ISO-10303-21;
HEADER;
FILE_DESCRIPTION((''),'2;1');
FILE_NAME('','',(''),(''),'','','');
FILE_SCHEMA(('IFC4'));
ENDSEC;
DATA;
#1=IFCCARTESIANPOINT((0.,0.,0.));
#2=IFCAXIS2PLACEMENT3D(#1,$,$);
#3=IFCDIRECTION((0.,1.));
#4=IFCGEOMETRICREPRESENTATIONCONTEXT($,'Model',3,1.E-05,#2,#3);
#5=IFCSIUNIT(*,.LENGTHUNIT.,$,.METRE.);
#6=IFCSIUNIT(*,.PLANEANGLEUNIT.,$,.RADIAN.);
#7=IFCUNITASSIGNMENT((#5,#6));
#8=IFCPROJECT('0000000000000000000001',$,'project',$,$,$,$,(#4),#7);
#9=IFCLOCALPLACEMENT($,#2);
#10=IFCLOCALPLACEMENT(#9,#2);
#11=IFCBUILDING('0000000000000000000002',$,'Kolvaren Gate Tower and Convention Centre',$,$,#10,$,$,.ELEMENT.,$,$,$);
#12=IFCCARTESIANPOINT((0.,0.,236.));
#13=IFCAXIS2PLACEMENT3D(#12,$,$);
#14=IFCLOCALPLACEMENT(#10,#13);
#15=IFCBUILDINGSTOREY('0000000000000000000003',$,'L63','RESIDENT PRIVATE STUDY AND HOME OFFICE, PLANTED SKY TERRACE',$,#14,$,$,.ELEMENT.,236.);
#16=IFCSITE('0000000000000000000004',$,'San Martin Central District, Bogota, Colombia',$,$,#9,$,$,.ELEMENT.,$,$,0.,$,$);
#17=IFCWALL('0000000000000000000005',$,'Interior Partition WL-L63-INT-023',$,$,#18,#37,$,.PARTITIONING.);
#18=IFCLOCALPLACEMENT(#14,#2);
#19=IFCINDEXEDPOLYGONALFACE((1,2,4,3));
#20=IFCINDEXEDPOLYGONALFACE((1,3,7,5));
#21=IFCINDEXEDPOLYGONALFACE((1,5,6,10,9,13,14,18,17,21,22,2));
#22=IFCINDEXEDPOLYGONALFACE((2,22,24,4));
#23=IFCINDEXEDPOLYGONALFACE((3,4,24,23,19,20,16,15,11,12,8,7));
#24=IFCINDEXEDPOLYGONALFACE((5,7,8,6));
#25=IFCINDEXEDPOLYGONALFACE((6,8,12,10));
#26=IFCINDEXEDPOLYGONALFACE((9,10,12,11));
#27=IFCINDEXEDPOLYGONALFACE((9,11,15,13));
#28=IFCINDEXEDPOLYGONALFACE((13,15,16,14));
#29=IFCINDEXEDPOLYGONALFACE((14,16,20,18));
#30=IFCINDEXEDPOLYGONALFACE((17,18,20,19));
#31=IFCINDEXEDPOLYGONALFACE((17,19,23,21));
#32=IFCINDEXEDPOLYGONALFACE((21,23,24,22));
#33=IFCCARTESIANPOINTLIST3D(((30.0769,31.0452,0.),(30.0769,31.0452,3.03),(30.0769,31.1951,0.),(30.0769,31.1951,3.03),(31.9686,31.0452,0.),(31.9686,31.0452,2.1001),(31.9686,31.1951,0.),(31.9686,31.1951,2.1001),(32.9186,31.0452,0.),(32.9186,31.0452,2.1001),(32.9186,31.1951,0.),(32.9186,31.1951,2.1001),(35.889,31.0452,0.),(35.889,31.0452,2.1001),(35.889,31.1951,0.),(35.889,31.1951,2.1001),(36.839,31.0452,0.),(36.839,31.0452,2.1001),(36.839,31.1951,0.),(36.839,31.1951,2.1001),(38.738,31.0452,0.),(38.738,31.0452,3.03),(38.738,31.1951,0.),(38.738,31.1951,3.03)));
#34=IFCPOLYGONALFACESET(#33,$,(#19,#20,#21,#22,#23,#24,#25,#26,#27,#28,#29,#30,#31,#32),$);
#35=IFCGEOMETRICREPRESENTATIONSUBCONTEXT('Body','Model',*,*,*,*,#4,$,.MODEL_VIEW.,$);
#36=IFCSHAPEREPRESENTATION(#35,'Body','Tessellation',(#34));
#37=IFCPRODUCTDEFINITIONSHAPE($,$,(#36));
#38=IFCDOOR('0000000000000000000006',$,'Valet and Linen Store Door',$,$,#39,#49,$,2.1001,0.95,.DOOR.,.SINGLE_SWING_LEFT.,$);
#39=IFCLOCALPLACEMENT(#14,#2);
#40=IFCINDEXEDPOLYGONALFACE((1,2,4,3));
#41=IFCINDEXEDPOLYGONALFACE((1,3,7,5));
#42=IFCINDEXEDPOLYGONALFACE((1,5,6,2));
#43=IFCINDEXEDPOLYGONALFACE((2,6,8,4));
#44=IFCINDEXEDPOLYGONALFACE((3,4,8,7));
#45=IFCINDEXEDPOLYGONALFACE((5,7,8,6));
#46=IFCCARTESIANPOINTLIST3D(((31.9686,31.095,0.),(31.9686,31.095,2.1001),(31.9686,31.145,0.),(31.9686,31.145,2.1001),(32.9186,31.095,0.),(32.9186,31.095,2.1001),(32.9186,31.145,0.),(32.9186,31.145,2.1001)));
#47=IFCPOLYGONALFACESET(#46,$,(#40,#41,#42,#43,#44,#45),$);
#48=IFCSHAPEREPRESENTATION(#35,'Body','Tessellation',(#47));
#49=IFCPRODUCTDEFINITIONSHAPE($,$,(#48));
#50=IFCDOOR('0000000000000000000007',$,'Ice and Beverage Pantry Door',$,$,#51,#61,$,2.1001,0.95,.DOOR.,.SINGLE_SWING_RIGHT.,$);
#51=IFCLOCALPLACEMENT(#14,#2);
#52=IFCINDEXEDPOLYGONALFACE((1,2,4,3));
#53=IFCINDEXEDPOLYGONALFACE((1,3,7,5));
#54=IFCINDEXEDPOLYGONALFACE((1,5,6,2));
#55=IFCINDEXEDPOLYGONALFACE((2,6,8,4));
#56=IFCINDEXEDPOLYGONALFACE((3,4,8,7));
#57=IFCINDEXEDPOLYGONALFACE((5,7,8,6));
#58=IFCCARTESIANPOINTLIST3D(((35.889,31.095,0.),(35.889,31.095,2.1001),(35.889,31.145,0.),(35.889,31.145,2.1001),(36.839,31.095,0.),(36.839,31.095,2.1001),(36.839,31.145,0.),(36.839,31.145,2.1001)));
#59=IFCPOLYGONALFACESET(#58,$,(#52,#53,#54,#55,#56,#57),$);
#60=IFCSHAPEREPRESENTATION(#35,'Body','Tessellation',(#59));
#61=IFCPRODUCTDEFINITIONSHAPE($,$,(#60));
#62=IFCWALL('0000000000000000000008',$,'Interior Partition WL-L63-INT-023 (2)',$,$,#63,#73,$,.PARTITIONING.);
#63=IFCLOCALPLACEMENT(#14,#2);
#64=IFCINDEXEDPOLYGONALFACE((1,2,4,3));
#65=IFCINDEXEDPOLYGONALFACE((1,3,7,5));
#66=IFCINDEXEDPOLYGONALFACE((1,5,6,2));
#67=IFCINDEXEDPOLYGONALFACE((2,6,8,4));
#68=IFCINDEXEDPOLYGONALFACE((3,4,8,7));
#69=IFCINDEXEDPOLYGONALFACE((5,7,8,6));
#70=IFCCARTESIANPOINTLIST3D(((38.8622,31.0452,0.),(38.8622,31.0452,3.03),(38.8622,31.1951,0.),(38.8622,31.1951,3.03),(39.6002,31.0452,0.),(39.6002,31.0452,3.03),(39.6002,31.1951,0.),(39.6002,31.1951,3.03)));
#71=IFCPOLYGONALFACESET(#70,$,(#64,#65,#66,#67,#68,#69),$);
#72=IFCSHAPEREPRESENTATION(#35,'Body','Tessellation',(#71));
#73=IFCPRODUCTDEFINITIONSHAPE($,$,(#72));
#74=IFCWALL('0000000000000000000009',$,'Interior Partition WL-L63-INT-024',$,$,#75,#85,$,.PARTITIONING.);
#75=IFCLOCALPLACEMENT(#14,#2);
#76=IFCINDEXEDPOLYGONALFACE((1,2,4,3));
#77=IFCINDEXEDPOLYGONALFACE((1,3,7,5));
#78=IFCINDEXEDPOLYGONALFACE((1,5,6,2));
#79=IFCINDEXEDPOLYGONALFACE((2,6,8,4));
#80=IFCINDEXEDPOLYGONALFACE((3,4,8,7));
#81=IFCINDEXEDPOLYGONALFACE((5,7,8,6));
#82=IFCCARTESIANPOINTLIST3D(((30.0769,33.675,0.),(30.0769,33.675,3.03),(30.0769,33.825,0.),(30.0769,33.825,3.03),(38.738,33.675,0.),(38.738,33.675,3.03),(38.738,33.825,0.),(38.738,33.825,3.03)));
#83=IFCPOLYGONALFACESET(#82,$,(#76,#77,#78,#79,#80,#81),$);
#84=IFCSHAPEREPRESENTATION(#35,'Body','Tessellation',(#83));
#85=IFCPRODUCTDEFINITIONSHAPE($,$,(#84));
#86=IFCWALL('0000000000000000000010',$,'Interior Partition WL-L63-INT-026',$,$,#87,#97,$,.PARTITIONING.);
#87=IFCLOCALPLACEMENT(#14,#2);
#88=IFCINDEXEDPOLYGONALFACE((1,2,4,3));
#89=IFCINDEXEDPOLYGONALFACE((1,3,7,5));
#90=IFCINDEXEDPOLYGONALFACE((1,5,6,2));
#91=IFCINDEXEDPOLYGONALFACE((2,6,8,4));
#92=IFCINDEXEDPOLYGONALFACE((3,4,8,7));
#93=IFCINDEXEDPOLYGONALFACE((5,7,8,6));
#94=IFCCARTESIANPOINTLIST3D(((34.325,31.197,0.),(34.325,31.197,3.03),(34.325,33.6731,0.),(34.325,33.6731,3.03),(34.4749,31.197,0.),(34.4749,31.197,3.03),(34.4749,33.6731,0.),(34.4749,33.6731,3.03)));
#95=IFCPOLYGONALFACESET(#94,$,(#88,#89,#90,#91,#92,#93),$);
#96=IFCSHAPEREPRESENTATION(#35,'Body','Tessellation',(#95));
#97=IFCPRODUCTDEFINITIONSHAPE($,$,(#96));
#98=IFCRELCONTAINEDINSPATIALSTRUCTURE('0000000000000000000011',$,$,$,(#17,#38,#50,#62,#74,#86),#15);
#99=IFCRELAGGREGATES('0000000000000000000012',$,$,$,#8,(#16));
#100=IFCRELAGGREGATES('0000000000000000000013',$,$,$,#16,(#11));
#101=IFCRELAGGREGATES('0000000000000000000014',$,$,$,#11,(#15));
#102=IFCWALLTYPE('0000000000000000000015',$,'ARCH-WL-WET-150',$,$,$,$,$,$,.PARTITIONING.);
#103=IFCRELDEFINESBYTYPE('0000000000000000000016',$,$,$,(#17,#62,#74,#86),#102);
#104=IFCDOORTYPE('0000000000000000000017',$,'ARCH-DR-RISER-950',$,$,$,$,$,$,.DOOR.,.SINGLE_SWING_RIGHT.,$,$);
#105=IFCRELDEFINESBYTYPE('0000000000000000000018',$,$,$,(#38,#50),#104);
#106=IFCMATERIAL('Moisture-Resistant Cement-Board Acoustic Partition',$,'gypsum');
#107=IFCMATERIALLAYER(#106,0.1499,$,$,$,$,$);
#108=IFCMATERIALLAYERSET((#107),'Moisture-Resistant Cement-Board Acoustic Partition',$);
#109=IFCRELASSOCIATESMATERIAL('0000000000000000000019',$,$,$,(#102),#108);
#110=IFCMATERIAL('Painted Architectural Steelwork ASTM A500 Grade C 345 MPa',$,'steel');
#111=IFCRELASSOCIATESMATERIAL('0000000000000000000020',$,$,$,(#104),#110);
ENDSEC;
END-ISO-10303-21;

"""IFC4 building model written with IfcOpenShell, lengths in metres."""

from ifc_helpers import new_model, si_unit, direction, frame, frame_2d, origin, place, context, subcontext, project, spatial, rectangle, extrude, material, layer, layer_set, type_object, element, fill, save


model = new_model("IFC4")

# Units and contexts
model_context = context("Model", 3, precision=1e-05, world=origin(), true_north=direction((0.0, 1.0)))
body_context = subcontext(model_context, "Body", "Model", "MODEL_VIEW")
ifc_project = project(units=[si_unit("LENGTHUNIT", "METRE"), si_unit("PLANEANGLEUNIT", "RADIAN")], contexts=[model_context])

# Site, building, storey
site_placement = place(None, origin())
site = spatial("IfcSite", under=ifc_project, at=site_placement, Name="San Martin Central District, Bogota, Colombia", CompositionType="ELEMENT", RefElevation=0.0)
building_placement = place(site_placement, origin())
building = spatial("IfcBuilding", under=site, at=building_placement, Name="Kolvaren Gate Tower and Convention Centre", CompositionType="ELEMENT")
storey_placement = place(building_placement, frame((0.0, 0.0, 236.0)))
storey = spatial("IfcBuildingStorey", under=building, at=storey_placement, Name="L63", Description="RESIDENT PRIVATE STUDY AND HOME OFFICE, PLANTED SKY TERRACE", CompositionType="ELEMENT", Elevation=236.0)

# Shared definitions
ifc_material_1 = material(Name="Moisture-Resistant Cement-Board Acoustic Partition", Category="gypsum")
ifc_layer_1 = layer(ifc_material_1, 0.1499)
ifc_layer_set_1 = layer_set([ifc_layer_1], Name="Moisture-Resistant Cement-Board Acoustic Partition")
wall_type_1 = type_object("IfcWallType", Name="ARCH-WL-WET-150", PredefinedType="PARTITIONING", material=ifc_layer_set_1)

# Wall, openings, doors
wall_1_placement = place(storey_placement, frame((30.0769, 31.1201, 0.0), z_axis=(0.0, 0.0, 1.0), x_axis=(1.0, 0.0, 0.0)))
wall_1 = element("IfcWall", 1, at=wall_1_placement, inside=storey, type_object=wall_type_1, Name="Interior Partition WL-L63-INT-023", PredefinedType="PARTITIONING", context=body_context, shape_type="SweptSolid", body=[
    extrude(rectangle(XDim=8.6611, YDim=0.1499, at=frame_2d((4.3306, 0.0))), origin(), (0.0, 0.0, 1.0), 3.03),
])
opening_1_placement = place(wall_1_placement, frame((1.8916, 0.0, 0.0)))
opening_1 = element("IfcOpeningElement", 2, at=opening_1_placement, cuts=wall_1, PredefinedType="OPENING", context=body_context, shape_type="SweptSolid", body=[
    extrude(rectangle(XDim=0.95, YDim=2.1001, at=frame_2d((0.4751, 1.05))), frame((0.0, 0.085, 0.0), z_axis=(0.0, -1.0, 0.0), x_axis=(1.0, 0.0, 0.0)), (0.0, 0.0, 1.0), 0.1699),
])
opening_2_placement = place(wall_1_placement, frame((5.812, 0.0, 0.0)))
opening_2 = element("IfcOpeningElement", 3, at=opening_2_placement, cuts=wall_1, PredefinedType="OPENING", context=body_context, shape_type="SweptSolid", body=[
    extrude(rectangle(XDim=0.95, YDim=2.1001, at=frame_2d((0.4751, 1.05))), frame((0.0, 0.085, 0.0), z_axis=(0.0, -1.0, 0.0), x_axis=(1.0, 0.0, 0.0)), (0.0, 0.0, 1.0), 0.1699),
])
ifc_material_2 = material(Name="Painted Architectural Steelwork ASTM A500 Grade C 345 MPa", Category="steel")
door_type = type_object("IfcDoorType", Name="ARCH-DR-RISER-950", OperationType="SINGLE_SWING_RIGHT", PredefinedType="DOOR", material=ifc_material_2)
door_1_placement = place(opening_1_placement, origin())
door_1 = element("IfcDoor", 4, at=door_1_placement, inside=storey, type_object=door_type, Name="Valet and Linen Store Door", OperationType="SINGLE_SWING_LEFT", OverallHeight=2.1001, OverallWidth=0.95, PredefinedType="DOOR", context=body_context, shape_type="SweptSolid", body=[
    extrude(rectangle(XDim=0.95, YDim=2.1001, at=frame_2d((0.4751, 1.05))), frame((0.0, 0.0249, 0.0), z_axis=(0.0, -1.0, 0.0), x_axis=(1.0, 0.0, 0.0)), (0.0, 0.0, 1.0), 0.05),
])
fill(opening_1, door_1)
door_2_placement = place(opening_2_placement, origin())
door_2 = element("IfcDoor", 5, at=door_2_placement, inside=storey, type_object=door_type, Name="Ice and Beverage Pantry Door", OperationType="SINGLE_SWING_RIGHT", OverallHeight=2.1001, OverallWidth=0.95, PredefinedType="DOOR", context=body_context, shape_type="SweptSolid", body=[
    extrude(rectangle(XDim=0.95, YDim=2.1001, at=frame_2d((0.4751, 1.05))), frame((0.0, 0.0249, 0.0), z_axis=(0.0, -1.0, 0.0), x_axis=(1.0, 0.0, 0.0)), (0.0, 0.0, 1.0), 0.05),
])
fill(opening_2, door_2)

# Walls
wall_2_placement = place(storey_placement, frame((38.8621, 31.1201, 0.0), z_axis=(0.0, 0.0, 1.0), x_axis=(1.0, 0.0, 0.0)))
element("IfcWall", 6, at=wall_2_placement, inside=storey, type_object=wall_type_1, Name="Interior Partition WL-L63-INT-023 (2)", PredefinedType="PARTITIONING", context=body_context, shape_type="SweptSolid", body=[
    extrude(rectangle(XDim=0.738, YDim=0.1499, at=frame_2d((0.3691, 0.0))), origin(), (0.0, 0.0, 1.0), 3.03),
])
wall_3_placement = place(storey_placement, frame((30.0769, 33.75, 0.0), z_axis=(0.0, 0.0, 1.0), x_axis=(1.0, 0.0, 0.0)))
element("IfcWall", 7, at=wall_3_placement, inside=storey, type_object=wall_type_1, Name="Interior Partition WL-L63-INT-024", PredefinedType="PARTITIONING", context=body_context, shape_type="SweptSolid", body=[
    extrude(rectangle(XDim=8.6611, YDim=0.1499, at=frame_2d((4.3306, 0.0))), origin(), (0.0, 0.0, 1.0), 3.03),
])
wall_4_placement = place(storey_placement, frame((34.3999, 31.197, 0.0), z_axis=(0.0, 0.0, 1.0), x_axis=(0.0, 1.0, 0.0)))
element("IfcWall", 8, at=wall_4_placement, inside=storey, type_object=wall_type_1, Name="Interior Partition WL-L63-INT-026", PredefinedType="PARTITIONING", context=body_context, shape_type="SweptSolid", body=[
    extrude(rectangle(XDim=2.4761, YDim=0.1499, at=frame_2d((1.238, 0.0))), origin(), (0.0, 0.0, 1.0), 3.03),
])

save(model, "model.ifc")
